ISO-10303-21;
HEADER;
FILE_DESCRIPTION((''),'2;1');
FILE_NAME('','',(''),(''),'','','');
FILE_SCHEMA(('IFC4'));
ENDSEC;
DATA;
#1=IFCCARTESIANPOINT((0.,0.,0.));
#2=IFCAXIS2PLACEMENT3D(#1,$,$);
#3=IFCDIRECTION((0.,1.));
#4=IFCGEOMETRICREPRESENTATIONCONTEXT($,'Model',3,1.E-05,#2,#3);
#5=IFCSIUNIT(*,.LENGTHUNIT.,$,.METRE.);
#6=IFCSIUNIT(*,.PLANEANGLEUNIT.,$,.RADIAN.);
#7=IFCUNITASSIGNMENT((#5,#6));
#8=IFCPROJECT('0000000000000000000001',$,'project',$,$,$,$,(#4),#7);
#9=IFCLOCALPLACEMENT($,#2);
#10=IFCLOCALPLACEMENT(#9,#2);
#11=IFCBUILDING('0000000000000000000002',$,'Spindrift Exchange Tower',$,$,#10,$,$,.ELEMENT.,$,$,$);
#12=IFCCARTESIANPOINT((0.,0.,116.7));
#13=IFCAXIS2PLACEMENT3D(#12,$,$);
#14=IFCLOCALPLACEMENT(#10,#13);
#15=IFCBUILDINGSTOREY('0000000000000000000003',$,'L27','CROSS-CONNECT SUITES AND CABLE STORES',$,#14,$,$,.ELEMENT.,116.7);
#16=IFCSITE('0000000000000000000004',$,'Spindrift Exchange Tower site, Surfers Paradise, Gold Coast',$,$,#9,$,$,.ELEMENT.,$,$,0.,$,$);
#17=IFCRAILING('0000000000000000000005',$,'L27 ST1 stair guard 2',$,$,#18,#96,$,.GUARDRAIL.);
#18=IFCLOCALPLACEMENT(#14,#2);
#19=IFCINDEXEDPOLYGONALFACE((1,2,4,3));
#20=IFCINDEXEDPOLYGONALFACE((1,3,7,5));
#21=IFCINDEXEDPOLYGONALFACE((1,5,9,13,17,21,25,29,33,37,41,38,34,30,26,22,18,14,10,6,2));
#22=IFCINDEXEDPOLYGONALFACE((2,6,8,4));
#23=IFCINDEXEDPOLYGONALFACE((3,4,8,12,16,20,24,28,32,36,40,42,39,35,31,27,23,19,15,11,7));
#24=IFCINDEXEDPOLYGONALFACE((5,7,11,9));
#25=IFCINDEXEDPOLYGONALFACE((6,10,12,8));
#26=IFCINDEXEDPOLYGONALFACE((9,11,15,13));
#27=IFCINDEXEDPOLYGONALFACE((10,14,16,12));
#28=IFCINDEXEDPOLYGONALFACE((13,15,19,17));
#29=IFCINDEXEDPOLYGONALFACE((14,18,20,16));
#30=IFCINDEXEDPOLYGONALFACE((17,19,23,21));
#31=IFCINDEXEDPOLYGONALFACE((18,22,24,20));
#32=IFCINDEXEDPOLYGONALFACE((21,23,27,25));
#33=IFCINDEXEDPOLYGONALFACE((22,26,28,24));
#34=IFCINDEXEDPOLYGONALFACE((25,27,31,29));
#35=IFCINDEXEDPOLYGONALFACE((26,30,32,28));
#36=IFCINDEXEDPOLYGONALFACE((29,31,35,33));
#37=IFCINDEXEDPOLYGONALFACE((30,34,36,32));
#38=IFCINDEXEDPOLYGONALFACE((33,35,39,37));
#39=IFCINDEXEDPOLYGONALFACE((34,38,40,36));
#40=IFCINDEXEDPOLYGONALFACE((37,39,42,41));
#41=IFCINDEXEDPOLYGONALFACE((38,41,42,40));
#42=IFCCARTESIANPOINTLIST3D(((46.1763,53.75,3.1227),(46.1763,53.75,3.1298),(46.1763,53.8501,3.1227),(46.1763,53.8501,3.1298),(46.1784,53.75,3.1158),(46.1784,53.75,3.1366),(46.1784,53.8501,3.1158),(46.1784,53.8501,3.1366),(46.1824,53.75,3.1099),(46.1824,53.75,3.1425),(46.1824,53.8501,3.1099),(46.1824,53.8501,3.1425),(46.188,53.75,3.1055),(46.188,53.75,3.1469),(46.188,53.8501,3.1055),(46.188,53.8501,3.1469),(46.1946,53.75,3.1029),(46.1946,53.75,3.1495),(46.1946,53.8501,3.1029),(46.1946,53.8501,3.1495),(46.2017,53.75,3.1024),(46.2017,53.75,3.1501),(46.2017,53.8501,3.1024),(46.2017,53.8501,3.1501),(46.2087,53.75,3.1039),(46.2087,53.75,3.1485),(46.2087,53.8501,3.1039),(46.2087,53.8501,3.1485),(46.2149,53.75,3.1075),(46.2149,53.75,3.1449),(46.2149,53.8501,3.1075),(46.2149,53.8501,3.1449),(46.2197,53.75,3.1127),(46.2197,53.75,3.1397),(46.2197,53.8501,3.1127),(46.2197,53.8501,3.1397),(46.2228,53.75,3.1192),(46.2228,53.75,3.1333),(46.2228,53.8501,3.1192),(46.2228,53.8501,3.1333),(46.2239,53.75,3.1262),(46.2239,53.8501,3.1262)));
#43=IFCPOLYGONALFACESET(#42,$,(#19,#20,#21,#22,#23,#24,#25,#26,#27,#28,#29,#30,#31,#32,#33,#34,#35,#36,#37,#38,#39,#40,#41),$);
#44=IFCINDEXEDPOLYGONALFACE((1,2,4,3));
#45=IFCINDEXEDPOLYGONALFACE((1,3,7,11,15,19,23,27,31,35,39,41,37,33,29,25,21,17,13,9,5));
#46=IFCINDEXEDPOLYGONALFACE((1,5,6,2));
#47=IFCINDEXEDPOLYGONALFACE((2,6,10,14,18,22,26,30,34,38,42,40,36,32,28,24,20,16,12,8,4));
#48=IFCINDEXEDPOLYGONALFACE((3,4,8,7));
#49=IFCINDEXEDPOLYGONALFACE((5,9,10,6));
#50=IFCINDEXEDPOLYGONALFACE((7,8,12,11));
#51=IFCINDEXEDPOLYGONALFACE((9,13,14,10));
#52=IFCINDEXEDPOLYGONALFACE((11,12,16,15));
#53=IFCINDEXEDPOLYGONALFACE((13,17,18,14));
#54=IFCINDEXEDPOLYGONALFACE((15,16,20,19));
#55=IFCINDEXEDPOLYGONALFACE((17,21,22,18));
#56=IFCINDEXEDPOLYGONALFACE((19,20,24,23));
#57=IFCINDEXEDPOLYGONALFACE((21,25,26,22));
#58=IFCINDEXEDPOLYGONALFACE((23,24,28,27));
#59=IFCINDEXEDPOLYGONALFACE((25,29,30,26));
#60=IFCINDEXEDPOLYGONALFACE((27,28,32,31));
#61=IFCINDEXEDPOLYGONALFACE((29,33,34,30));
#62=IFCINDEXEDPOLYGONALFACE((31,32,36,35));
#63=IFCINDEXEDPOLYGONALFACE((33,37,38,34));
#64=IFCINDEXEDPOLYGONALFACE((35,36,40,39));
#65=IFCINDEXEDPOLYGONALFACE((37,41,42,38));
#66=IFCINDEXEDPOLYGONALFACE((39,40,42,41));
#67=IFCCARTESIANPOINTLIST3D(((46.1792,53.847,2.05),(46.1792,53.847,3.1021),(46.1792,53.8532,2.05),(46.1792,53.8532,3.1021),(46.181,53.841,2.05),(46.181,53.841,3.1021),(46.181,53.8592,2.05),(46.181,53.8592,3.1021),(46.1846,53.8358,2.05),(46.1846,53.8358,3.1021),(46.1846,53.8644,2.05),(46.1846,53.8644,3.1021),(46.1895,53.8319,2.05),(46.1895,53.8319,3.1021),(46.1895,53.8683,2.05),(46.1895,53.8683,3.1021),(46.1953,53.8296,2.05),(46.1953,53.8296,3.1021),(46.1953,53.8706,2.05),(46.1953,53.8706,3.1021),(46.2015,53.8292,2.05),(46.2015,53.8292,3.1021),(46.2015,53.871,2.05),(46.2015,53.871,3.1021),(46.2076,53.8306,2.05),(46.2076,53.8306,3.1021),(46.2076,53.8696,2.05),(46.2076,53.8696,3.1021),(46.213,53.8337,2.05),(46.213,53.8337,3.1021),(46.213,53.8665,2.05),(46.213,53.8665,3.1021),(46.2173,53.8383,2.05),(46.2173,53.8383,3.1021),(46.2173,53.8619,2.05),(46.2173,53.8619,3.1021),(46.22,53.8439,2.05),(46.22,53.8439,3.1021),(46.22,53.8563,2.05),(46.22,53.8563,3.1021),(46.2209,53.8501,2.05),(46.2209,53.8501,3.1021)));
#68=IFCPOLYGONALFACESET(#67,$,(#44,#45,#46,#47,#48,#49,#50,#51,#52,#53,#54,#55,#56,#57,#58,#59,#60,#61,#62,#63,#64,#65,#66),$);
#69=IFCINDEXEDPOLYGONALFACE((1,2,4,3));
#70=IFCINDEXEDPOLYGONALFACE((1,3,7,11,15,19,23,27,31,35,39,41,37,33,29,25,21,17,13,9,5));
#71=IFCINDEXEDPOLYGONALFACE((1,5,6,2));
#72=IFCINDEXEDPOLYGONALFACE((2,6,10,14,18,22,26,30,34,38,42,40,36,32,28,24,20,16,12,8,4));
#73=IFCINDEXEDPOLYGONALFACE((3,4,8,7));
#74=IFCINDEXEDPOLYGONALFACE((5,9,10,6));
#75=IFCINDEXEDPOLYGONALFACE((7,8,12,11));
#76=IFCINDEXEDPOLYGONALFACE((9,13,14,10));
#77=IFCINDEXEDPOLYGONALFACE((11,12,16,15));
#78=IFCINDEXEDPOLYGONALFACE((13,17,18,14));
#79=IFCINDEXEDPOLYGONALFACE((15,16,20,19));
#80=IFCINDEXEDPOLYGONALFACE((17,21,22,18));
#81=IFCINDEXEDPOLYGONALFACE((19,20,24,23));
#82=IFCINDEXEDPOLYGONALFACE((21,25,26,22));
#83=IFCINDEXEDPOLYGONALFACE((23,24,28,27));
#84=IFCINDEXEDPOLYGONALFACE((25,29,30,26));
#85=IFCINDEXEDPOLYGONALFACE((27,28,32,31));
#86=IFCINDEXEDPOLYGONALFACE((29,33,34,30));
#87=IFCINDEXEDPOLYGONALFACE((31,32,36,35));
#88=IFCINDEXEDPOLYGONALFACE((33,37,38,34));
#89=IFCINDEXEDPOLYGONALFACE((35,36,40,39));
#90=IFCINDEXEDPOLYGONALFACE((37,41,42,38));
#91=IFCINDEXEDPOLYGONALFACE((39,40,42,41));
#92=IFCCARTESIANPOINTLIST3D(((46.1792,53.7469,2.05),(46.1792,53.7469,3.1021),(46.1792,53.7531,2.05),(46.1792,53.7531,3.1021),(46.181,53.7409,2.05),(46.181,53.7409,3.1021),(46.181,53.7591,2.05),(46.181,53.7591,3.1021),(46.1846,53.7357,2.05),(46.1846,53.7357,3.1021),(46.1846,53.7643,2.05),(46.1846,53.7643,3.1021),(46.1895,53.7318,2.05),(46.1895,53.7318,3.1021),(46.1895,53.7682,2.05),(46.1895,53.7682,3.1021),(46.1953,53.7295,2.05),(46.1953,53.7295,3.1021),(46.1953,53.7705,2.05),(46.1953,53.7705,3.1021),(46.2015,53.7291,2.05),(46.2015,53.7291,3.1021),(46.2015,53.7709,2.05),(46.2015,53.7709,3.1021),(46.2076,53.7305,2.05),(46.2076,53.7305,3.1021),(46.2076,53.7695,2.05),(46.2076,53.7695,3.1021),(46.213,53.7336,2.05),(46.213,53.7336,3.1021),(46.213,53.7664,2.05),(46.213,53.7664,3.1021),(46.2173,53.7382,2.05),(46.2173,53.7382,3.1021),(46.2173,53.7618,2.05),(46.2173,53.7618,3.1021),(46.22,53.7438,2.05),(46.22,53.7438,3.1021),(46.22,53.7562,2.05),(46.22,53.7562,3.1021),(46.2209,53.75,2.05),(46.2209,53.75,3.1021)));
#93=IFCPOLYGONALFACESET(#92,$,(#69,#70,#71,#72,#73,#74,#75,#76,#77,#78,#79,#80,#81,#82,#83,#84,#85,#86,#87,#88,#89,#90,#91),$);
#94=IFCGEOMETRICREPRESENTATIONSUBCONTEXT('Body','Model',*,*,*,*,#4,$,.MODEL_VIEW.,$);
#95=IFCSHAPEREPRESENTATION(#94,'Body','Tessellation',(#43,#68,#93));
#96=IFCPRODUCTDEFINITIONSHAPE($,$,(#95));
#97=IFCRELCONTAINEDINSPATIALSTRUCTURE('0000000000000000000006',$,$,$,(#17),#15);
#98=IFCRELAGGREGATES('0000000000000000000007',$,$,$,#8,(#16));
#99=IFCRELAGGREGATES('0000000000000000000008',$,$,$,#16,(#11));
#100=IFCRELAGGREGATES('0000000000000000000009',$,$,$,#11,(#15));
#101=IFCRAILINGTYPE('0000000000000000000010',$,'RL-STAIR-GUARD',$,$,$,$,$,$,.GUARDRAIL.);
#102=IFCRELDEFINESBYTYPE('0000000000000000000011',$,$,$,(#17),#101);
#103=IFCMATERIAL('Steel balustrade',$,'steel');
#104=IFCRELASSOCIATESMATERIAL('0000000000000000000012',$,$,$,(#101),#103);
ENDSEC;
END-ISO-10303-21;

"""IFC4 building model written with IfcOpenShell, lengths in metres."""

from ifc_helpers import new_model, si_unit, direction, frame, origin, origin_2d, place, context, subcontext, project, spatial, circle, extrude, material, type_object, element, save


model = new_model("IFC4")

# Units and contexts
model_context = context("Model", 3, precision=1e-05, world=origin(), true_north=direction((0.0, 1.0)))
body_context = subcontext(model_context, "Body", "Model", "MODEL_VIEW")
ifc_project = project(units=[si_unit("LENGTHUNIT", "METRE"), si_unit("PLANEANGLEUNIT", "RADIAN")], contexts=[model_context])

# Site, building, storey
site_placement = place(None, origin())
site = spatial("IfcSite", under=ifc_project, at=site_placement, Name="Spindrift Exchange Tower site, Surfers Paradise, Gold Coast", CompositionType="ELEMENT", RefElevation=0.0)
building_placement = place(site_placement, origin())
building = spatial("IfcBuilding", under=site, at=building_placement, Name="Spindrift Exchange Tower", CompositionType="ELEMENT")
storey_placement = place(building_placement, frame((0.0, 0.0, 116.7)))
storey = spatial("IfcBuildingStorey", under=building, at=storey_placement, Name="L27", Description="CROSS-CONNECT SUITES AND CABLE STORES", CompositionType="ELEMENT", Elevation=116.7)

# Railing
ifc_material_1 = material(Name="Steel balustrade", Category="steel")
railing_type_1 = type_object("IfcRailingType", Name="RL-STAIR-GUARD", PredefinedType="GUARDRAIL", material=ifc_material_1)
railing_1_placement = place(storey_placement, frame((46.2, 53.8501, 2.05)))
element("IfcRailing", 1, at=railing_1_placement, inside=storey, type_object=railing_type_1, Name="L27 ST1 stair guard 2", PredefinedType="GUARDRAIL", context=body_context, shape_type="SweptSolid", body=[
    extrude(circle(Radius=0.0239, at=origin_2d()), frame((0.0, 0.0, 1.0762), z_axis=(0.0, -1.0, 0.0), x_axis=(1.0, 0.0, 0.0)), (0.0, 0.0, 1.0), 0.1001),
    extrude(circle(Radius=0.021, at=origin_2d()), origin(), (0.0, 0.0, 1.0), 1.052),
    extrude(circle(Radius=0.021, at=origin_2d()), frame((0.0, -0.1001, 0.0)), (0.0, 0.0, 1.0), 1.052),
])

save(model, "model.ifc")
